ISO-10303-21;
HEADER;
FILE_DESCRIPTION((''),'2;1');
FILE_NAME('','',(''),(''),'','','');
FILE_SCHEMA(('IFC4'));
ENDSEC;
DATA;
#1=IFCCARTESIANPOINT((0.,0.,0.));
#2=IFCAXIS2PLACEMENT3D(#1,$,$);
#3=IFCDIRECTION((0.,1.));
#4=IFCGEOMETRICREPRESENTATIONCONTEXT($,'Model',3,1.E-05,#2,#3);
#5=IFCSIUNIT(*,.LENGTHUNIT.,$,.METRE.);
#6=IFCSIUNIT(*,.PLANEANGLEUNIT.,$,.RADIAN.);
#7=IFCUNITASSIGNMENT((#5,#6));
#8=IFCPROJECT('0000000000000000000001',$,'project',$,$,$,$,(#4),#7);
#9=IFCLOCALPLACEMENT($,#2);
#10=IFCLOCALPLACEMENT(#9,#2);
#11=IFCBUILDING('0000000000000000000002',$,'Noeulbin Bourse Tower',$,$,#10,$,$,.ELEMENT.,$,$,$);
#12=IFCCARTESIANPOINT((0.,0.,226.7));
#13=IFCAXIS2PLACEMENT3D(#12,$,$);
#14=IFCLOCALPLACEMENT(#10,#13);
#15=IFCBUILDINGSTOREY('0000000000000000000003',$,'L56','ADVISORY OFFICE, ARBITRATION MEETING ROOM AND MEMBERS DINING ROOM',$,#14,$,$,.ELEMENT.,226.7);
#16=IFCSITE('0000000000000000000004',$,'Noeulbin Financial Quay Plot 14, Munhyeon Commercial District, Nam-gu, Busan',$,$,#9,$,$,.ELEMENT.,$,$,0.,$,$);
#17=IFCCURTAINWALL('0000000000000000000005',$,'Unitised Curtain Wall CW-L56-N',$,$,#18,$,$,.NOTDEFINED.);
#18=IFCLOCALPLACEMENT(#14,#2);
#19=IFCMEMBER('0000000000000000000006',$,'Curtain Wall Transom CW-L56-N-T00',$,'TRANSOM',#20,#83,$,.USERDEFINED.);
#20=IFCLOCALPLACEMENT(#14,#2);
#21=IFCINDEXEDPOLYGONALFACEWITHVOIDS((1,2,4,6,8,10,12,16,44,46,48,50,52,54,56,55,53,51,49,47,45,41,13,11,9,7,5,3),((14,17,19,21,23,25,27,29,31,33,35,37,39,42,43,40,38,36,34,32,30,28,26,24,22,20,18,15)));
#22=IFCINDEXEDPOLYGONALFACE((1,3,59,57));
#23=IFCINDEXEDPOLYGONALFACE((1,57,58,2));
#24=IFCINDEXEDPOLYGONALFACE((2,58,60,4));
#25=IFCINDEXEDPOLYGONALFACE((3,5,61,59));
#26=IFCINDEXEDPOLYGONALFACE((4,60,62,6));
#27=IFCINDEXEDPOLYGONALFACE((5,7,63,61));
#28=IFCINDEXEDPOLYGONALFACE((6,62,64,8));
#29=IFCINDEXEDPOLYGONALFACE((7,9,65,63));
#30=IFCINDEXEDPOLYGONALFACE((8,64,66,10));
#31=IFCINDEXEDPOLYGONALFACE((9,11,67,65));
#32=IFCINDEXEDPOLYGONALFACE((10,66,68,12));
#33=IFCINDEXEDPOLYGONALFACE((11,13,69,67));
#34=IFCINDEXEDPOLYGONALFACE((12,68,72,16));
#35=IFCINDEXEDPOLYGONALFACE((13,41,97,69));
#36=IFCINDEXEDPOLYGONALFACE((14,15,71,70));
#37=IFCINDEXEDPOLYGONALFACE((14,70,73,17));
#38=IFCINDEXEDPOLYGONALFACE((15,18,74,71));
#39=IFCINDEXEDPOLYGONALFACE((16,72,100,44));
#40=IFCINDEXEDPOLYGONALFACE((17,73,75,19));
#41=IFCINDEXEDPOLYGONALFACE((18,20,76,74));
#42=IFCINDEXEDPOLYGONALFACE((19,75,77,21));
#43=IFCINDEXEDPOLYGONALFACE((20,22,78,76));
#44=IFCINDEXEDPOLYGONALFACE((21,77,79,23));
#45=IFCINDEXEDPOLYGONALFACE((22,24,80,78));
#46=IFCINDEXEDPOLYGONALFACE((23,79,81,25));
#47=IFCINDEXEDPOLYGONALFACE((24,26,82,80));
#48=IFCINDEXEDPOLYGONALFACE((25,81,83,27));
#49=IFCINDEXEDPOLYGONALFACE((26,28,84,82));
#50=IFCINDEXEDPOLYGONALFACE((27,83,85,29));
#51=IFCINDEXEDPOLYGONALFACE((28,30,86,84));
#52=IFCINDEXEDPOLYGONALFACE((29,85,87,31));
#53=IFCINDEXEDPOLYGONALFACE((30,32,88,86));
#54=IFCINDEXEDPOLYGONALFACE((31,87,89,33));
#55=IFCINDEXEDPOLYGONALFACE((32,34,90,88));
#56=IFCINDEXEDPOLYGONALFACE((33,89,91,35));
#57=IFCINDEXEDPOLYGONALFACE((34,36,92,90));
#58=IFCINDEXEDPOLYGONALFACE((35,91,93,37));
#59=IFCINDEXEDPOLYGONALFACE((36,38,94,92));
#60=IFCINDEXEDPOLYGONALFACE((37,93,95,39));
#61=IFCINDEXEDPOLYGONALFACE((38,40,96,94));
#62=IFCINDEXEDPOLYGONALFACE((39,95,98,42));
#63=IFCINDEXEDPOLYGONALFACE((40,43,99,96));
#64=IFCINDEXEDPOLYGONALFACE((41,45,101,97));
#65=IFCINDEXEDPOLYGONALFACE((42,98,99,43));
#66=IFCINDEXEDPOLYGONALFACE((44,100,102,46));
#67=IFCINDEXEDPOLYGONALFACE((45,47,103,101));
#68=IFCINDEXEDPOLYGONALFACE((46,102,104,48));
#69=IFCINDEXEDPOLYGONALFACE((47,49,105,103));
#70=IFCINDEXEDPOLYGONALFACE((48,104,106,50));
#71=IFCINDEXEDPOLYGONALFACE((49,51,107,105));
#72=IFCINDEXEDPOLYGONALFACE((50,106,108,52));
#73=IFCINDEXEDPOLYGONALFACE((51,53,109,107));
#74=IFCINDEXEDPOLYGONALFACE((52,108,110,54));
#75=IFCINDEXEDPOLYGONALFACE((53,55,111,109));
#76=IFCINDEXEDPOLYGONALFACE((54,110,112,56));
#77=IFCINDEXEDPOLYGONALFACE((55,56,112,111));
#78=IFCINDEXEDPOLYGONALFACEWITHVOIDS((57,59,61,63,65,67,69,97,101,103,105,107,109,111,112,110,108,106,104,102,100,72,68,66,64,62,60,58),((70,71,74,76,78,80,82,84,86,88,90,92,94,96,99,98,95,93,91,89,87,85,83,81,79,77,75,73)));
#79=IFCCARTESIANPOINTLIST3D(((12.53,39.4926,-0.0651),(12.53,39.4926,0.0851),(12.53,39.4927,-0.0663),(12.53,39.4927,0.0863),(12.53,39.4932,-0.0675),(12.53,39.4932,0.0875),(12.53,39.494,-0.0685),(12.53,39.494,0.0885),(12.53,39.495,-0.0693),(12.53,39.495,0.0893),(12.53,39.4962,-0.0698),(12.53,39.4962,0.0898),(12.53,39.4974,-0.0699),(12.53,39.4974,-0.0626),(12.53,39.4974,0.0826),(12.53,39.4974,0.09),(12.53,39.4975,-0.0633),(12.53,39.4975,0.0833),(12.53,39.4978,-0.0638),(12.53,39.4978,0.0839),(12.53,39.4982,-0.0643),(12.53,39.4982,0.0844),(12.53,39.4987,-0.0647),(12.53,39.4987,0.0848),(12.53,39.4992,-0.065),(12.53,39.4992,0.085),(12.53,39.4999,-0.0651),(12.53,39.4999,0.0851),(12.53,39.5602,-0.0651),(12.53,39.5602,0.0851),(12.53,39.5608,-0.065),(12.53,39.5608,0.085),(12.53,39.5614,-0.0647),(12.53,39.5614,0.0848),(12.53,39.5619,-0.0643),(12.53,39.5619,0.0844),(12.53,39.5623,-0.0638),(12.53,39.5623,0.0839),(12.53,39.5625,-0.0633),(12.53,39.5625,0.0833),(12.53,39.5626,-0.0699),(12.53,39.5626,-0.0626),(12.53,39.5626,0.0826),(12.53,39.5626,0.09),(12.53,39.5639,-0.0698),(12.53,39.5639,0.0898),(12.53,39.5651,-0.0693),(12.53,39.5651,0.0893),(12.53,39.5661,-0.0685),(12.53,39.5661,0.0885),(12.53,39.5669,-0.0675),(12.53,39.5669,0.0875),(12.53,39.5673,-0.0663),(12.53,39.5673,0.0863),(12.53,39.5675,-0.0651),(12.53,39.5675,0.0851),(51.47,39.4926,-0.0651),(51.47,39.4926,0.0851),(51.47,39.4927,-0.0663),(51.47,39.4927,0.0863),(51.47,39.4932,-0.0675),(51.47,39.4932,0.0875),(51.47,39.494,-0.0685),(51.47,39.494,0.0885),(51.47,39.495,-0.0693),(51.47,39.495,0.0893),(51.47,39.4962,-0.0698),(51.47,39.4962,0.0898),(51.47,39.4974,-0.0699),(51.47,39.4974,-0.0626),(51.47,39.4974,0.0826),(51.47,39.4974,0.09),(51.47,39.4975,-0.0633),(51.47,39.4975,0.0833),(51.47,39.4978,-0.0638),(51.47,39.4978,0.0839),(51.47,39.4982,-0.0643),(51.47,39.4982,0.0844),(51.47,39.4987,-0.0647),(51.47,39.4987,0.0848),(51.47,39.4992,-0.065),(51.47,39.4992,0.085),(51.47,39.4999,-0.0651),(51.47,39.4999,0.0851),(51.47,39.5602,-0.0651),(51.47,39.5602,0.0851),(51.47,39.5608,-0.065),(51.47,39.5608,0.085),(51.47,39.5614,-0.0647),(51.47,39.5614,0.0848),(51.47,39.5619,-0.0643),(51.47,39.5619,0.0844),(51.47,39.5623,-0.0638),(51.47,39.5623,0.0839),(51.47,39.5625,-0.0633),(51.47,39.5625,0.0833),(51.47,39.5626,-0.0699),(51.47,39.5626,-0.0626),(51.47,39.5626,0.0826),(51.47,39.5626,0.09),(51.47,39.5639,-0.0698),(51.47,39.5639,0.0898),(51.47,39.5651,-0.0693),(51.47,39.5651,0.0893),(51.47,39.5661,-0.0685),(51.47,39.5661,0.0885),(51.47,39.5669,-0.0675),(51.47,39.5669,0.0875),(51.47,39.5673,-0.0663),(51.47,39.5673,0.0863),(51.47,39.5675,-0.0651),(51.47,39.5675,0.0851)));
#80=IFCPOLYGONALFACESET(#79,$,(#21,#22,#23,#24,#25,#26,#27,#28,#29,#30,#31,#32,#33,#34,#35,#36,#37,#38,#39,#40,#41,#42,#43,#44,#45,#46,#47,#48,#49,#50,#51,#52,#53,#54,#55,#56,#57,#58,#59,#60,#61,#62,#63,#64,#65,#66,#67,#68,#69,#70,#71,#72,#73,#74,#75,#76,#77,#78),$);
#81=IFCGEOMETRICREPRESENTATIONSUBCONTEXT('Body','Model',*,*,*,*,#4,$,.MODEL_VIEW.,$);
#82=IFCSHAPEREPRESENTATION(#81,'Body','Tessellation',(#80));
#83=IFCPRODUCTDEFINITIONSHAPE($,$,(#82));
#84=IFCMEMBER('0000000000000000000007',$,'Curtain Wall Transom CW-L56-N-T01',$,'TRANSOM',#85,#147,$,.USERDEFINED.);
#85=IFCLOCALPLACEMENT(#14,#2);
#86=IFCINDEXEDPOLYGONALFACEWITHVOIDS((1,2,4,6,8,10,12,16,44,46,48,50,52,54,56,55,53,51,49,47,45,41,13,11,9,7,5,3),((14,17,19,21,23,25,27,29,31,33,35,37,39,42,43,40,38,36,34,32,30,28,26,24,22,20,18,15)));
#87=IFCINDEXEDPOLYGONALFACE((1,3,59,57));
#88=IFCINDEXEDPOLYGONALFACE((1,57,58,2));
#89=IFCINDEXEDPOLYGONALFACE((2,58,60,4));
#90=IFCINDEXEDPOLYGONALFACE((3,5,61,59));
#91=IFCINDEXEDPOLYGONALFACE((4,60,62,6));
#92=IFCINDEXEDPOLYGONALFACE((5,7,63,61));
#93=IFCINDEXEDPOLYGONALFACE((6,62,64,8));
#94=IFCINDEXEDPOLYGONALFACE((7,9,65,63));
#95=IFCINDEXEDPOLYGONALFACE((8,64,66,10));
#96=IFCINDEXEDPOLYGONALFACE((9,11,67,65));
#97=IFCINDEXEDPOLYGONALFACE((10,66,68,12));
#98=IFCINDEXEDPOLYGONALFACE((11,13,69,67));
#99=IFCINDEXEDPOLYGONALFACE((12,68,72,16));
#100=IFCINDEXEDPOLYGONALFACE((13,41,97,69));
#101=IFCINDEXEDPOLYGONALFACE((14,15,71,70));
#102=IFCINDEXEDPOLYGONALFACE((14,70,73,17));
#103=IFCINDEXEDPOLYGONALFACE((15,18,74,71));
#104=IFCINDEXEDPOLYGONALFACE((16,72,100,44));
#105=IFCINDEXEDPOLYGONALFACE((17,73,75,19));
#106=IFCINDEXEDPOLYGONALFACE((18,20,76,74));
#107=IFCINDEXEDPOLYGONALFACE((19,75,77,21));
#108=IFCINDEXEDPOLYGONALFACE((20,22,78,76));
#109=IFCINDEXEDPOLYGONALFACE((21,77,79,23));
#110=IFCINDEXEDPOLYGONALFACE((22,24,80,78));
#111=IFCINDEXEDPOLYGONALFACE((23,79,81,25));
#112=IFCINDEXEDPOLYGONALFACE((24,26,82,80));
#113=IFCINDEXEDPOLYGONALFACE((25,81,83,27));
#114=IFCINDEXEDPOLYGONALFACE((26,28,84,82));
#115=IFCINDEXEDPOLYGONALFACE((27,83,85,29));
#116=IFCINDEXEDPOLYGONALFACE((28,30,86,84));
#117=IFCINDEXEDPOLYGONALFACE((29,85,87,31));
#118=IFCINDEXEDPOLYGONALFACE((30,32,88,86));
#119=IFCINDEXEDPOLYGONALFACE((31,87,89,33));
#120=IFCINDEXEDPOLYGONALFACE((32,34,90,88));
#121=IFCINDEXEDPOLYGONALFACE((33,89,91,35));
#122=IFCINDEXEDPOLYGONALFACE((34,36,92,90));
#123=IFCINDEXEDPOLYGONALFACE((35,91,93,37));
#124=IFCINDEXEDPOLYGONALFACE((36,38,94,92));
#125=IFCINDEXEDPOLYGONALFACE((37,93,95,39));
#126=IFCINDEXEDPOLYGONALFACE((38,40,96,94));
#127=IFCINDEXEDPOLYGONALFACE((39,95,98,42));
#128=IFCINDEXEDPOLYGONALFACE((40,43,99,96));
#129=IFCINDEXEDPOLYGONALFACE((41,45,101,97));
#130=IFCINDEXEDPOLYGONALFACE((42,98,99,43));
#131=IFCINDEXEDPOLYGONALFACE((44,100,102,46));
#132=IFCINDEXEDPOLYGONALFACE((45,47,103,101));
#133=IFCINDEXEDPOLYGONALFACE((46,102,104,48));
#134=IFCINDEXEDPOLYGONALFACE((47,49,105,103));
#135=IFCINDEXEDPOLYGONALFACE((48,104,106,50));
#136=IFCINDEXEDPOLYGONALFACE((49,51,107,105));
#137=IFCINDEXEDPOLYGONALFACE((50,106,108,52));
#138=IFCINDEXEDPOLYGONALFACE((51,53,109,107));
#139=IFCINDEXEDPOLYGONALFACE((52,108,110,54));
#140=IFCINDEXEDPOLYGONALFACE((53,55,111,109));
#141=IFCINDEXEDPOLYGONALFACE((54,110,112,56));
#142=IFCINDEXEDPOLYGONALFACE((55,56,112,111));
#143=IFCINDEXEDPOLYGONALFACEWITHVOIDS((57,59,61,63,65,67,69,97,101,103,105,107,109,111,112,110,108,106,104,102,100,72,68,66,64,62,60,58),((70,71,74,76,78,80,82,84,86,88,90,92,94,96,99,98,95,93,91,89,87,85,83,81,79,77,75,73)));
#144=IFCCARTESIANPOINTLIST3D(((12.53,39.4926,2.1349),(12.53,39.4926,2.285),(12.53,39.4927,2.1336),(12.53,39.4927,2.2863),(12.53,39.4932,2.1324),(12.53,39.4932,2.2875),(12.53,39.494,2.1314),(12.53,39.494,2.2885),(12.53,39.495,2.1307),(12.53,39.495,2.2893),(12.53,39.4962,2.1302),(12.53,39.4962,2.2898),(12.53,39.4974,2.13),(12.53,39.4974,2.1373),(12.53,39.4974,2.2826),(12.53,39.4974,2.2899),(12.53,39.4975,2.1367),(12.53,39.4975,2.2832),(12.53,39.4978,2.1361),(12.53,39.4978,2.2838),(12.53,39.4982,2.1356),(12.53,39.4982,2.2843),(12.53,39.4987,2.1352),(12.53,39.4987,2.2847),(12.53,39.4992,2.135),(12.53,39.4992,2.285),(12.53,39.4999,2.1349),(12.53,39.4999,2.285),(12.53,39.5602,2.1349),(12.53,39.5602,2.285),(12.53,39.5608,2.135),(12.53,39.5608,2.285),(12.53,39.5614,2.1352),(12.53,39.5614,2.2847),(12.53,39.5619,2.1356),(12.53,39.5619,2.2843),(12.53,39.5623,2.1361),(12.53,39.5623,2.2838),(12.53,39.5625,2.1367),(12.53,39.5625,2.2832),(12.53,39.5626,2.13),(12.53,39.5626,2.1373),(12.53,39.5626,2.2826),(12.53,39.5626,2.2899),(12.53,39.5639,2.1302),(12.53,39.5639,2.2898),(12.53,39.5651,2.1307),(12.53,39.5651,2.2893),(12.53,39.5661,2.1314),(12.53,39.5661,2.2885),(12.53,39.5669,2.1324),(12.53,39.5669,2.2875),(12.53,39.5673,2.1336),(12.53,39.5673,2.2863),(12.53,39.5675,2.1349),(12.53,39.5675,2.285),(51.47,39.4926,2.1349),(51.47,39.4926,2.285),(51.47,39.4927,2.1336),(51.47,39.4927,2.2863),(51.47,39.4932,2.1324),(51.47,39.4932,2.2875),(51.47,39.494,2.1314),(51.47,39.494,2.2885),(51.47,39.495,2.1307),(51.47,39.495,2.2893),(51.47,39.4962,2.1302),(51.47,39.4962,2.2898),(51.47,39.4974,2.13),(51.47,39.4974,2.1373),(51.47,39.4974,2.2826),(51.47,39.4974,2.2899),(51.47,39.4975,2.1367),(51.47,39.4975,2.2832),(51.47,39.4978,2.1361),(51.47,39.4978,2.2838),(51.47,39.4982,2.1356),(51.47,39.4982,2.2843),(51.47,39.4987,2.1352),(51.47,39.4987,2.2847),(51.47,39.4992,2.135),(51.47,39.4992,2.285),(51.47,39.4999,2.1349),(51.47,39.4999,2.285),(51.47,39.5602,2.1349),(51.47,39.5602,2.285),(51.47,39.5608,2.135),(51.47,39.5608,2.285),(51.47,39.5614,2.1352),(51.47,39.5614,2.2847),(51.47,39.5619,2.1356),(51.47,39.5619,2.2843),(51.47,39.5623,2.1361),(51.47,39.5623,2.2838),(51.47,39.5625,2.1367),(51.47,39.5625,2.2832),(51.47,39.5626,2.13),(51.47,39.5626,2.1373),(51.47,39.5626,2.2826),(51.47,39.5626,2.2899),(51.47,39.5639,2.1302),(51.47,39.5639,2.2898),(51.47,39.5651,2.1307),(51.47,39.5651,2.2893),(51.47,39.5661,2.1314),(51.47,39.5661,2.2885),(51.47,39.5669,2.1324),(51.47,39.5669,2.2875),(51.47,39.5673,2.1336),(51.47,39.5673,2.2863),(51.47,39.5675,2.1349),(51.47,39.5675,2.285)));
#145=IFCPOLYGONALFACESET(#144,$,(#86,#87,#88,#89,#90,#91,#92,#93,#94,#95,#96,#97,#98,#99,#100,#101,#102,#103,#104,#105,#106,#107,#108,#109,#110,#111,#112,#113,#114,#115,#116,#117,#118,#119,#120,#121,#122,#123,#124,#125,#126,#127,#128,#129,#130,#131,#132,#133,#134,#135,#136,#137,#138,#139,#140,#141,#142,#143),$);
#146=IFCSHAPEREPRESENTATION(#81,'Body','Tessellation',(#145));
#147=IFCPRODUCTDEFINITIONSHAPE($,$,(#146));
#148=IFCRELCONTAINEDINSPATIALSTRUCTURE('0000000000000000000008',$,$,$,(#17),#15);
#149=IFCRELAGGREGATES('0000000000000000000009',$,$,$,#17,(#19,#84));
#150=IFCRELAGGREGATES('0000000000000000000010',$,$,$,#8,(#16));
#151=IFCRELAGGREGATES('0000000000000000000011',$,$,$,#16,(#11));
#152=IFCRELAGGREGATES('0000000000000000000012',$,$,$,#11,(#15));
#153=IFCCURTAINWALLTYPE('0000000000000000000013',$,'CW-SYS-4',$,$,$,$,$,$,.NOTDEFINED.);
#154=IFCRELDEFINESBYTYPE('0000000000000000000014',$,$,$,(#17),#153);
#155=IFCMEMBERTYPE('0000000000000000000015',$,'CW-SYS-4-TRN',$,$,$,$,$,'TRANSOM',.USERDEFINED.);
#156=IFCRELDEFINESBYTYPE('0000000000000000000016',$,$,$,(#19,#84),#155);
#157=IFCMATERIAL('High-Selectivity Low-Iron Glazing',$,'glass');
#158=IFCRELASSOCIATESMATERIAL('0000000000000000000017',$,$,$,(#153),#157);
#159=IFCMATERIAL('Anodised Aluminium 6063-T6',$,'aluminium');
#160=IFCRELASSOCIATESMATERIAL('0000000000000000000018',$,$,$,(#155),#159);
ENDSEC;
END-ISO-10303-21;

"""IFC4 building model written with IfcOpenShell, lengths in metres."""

from ifc_helpers import new_model, si_unit, direction, frame, origin, origin_2d, place, context, subcontext, project, spatial, hollow_rectangle, extrude, material, material_profile, profile_set, type_object, element, aggregate, save


model = new_model("IFC4")

# Units and contexts
model_context = context("Model", 3, precision=1e-05, world=origin(), true_north=direction((0.0, 1.0)))
body_context = subcontext(model_context, "Body", "Model", "MODEL_VIEW")
ifc_project = project(units=[si_unit("LENGTHUNIT", "METRE"), si_unit("PLANEANGLEUNIT", "RADIAN")], contexts=[model_context])

# Site, building, storey
site_placement = place(None, origin())
site = spatial("IfcSite", under=ifc_project, at=site_placement, Name="Noeulbin Financial Quay Plot 14, Munhyeon Commercial District, Nam-gu, Busan", CompositionType="ELEMENT", RefElevation=0.0)
building_placement = place(site_placement, origin())
building = spatial("IfcBuilding", under=site, at=building_placement, Name="Noeulbin Bourse Tower", CompositionType="ELEMENT")
storey_placement = place(building_placement, frame((0.0, 0.0, 226.7)))
storey = spatial("IfcBuildingStorey", under=building, at=storey_placement, Name="L56", Description="ADVISORY OFFICE, ARBITRATION MEETING ROOM AND MEMBERS DINING ROOM", CompositionType="ELEMENT", Elevation=226.7)

# Curtain wall
ifc_material_1 = material(Name="High-Selectivity Low-Iron Glazing", Category="glass")
curtain_wall_type = type_object("IfcCurtainWallType", Name="CW-SYS-4", PredefinedType="NOTDEFINED", material=ifc_material_1)
curtain_wall_1_placement = place(storey_placement, origin())
curtain_wall_1 = element("IfcCurtainWall", 1, at=curtain_wall_1_placement, inside=storey, type_object=curtain_wall_type, Name="Unitised Curtain Wall CW-L56-N", PredefinedType="NOTDEFINED")
ifc_material_2 = material(Name="Anodised Aluminium 6063-T6", Category="aluminium")

# Members
ifc_material_profile_1 = material_profile(ifc_material_2, hollow_rectangle(XDim=0.075, YDim=0.1599, WallThickness=0.0049, InnerFilletRadius=0.0024, OuterFilletRadius=0.0049, at=origin_2d()), Name="ALU-TRAN-75x160x5", Category="LoadBearing")
ifc_profile_set_1 = profile_set([ifc_material_profile_1], Name="Anodised Aluminium 6063-T6")
member_type_1 = type_object("IfcMemberType", Name="CW-SYS-4-TRN", ElementType="TRANSOM", PredefinedType="USERDEFINED", material=ifc_profile_set_1)
member_1_placement = place(storey_placement, frame((12.53, 39.53, 0.01), z_axis=(1.0, 0.0, 0.0), x_axis=(0.0, 1.0, 0.0)))
member_1 = element("IfcMember", 2, at=member_1_placement, type_object=member_type_1, Name="Curtain Wall Transom CW-L56-N-T00", ObjectType="TRANSOM", PredefinedType="USERDEFINED", context=body_context, shape_type="SweptSolid", body=[
    extrude(hollow_rectangle(XDim=0.075, YDim=0.1599, WallThickness=0.0049, InnerFilletRadius=0.0024, OuterFilletRadius=0.0049, at=origin_2d()), origin(), (0.0, 0.0, 1.0), 38.9399),
])
member_2_placement = place(storey_placement, frame((12.53, 39.53, 2.21), z_axis=(1.0, 0.0, 0.0), x_axis=(0.0, 1.0, 0.0)))
member_2 = element("IfcMember", 3, at=member_2_placement, type_object=member_type_1, Name="Curtain Wall Transom CW-L56-N-T01", ObjectType="TRANSOM", PredefinedType="USERDEFINED", context=body_context, shape_type="SweptSolid", body=[
    extrude(hollow_rectangle(XDim=0.075, YDim=0.1599, WallThickness=0.0049, InnerFilletRadius=0.0024, OuterFilletRadius=0.0049, at=origin_2d()), origin(), (0.0, 0.0, 1.0), 38.9399),
])
aggregate(curtain_wall_1, [member_1, member_2])

save(model, "model.ifc")
